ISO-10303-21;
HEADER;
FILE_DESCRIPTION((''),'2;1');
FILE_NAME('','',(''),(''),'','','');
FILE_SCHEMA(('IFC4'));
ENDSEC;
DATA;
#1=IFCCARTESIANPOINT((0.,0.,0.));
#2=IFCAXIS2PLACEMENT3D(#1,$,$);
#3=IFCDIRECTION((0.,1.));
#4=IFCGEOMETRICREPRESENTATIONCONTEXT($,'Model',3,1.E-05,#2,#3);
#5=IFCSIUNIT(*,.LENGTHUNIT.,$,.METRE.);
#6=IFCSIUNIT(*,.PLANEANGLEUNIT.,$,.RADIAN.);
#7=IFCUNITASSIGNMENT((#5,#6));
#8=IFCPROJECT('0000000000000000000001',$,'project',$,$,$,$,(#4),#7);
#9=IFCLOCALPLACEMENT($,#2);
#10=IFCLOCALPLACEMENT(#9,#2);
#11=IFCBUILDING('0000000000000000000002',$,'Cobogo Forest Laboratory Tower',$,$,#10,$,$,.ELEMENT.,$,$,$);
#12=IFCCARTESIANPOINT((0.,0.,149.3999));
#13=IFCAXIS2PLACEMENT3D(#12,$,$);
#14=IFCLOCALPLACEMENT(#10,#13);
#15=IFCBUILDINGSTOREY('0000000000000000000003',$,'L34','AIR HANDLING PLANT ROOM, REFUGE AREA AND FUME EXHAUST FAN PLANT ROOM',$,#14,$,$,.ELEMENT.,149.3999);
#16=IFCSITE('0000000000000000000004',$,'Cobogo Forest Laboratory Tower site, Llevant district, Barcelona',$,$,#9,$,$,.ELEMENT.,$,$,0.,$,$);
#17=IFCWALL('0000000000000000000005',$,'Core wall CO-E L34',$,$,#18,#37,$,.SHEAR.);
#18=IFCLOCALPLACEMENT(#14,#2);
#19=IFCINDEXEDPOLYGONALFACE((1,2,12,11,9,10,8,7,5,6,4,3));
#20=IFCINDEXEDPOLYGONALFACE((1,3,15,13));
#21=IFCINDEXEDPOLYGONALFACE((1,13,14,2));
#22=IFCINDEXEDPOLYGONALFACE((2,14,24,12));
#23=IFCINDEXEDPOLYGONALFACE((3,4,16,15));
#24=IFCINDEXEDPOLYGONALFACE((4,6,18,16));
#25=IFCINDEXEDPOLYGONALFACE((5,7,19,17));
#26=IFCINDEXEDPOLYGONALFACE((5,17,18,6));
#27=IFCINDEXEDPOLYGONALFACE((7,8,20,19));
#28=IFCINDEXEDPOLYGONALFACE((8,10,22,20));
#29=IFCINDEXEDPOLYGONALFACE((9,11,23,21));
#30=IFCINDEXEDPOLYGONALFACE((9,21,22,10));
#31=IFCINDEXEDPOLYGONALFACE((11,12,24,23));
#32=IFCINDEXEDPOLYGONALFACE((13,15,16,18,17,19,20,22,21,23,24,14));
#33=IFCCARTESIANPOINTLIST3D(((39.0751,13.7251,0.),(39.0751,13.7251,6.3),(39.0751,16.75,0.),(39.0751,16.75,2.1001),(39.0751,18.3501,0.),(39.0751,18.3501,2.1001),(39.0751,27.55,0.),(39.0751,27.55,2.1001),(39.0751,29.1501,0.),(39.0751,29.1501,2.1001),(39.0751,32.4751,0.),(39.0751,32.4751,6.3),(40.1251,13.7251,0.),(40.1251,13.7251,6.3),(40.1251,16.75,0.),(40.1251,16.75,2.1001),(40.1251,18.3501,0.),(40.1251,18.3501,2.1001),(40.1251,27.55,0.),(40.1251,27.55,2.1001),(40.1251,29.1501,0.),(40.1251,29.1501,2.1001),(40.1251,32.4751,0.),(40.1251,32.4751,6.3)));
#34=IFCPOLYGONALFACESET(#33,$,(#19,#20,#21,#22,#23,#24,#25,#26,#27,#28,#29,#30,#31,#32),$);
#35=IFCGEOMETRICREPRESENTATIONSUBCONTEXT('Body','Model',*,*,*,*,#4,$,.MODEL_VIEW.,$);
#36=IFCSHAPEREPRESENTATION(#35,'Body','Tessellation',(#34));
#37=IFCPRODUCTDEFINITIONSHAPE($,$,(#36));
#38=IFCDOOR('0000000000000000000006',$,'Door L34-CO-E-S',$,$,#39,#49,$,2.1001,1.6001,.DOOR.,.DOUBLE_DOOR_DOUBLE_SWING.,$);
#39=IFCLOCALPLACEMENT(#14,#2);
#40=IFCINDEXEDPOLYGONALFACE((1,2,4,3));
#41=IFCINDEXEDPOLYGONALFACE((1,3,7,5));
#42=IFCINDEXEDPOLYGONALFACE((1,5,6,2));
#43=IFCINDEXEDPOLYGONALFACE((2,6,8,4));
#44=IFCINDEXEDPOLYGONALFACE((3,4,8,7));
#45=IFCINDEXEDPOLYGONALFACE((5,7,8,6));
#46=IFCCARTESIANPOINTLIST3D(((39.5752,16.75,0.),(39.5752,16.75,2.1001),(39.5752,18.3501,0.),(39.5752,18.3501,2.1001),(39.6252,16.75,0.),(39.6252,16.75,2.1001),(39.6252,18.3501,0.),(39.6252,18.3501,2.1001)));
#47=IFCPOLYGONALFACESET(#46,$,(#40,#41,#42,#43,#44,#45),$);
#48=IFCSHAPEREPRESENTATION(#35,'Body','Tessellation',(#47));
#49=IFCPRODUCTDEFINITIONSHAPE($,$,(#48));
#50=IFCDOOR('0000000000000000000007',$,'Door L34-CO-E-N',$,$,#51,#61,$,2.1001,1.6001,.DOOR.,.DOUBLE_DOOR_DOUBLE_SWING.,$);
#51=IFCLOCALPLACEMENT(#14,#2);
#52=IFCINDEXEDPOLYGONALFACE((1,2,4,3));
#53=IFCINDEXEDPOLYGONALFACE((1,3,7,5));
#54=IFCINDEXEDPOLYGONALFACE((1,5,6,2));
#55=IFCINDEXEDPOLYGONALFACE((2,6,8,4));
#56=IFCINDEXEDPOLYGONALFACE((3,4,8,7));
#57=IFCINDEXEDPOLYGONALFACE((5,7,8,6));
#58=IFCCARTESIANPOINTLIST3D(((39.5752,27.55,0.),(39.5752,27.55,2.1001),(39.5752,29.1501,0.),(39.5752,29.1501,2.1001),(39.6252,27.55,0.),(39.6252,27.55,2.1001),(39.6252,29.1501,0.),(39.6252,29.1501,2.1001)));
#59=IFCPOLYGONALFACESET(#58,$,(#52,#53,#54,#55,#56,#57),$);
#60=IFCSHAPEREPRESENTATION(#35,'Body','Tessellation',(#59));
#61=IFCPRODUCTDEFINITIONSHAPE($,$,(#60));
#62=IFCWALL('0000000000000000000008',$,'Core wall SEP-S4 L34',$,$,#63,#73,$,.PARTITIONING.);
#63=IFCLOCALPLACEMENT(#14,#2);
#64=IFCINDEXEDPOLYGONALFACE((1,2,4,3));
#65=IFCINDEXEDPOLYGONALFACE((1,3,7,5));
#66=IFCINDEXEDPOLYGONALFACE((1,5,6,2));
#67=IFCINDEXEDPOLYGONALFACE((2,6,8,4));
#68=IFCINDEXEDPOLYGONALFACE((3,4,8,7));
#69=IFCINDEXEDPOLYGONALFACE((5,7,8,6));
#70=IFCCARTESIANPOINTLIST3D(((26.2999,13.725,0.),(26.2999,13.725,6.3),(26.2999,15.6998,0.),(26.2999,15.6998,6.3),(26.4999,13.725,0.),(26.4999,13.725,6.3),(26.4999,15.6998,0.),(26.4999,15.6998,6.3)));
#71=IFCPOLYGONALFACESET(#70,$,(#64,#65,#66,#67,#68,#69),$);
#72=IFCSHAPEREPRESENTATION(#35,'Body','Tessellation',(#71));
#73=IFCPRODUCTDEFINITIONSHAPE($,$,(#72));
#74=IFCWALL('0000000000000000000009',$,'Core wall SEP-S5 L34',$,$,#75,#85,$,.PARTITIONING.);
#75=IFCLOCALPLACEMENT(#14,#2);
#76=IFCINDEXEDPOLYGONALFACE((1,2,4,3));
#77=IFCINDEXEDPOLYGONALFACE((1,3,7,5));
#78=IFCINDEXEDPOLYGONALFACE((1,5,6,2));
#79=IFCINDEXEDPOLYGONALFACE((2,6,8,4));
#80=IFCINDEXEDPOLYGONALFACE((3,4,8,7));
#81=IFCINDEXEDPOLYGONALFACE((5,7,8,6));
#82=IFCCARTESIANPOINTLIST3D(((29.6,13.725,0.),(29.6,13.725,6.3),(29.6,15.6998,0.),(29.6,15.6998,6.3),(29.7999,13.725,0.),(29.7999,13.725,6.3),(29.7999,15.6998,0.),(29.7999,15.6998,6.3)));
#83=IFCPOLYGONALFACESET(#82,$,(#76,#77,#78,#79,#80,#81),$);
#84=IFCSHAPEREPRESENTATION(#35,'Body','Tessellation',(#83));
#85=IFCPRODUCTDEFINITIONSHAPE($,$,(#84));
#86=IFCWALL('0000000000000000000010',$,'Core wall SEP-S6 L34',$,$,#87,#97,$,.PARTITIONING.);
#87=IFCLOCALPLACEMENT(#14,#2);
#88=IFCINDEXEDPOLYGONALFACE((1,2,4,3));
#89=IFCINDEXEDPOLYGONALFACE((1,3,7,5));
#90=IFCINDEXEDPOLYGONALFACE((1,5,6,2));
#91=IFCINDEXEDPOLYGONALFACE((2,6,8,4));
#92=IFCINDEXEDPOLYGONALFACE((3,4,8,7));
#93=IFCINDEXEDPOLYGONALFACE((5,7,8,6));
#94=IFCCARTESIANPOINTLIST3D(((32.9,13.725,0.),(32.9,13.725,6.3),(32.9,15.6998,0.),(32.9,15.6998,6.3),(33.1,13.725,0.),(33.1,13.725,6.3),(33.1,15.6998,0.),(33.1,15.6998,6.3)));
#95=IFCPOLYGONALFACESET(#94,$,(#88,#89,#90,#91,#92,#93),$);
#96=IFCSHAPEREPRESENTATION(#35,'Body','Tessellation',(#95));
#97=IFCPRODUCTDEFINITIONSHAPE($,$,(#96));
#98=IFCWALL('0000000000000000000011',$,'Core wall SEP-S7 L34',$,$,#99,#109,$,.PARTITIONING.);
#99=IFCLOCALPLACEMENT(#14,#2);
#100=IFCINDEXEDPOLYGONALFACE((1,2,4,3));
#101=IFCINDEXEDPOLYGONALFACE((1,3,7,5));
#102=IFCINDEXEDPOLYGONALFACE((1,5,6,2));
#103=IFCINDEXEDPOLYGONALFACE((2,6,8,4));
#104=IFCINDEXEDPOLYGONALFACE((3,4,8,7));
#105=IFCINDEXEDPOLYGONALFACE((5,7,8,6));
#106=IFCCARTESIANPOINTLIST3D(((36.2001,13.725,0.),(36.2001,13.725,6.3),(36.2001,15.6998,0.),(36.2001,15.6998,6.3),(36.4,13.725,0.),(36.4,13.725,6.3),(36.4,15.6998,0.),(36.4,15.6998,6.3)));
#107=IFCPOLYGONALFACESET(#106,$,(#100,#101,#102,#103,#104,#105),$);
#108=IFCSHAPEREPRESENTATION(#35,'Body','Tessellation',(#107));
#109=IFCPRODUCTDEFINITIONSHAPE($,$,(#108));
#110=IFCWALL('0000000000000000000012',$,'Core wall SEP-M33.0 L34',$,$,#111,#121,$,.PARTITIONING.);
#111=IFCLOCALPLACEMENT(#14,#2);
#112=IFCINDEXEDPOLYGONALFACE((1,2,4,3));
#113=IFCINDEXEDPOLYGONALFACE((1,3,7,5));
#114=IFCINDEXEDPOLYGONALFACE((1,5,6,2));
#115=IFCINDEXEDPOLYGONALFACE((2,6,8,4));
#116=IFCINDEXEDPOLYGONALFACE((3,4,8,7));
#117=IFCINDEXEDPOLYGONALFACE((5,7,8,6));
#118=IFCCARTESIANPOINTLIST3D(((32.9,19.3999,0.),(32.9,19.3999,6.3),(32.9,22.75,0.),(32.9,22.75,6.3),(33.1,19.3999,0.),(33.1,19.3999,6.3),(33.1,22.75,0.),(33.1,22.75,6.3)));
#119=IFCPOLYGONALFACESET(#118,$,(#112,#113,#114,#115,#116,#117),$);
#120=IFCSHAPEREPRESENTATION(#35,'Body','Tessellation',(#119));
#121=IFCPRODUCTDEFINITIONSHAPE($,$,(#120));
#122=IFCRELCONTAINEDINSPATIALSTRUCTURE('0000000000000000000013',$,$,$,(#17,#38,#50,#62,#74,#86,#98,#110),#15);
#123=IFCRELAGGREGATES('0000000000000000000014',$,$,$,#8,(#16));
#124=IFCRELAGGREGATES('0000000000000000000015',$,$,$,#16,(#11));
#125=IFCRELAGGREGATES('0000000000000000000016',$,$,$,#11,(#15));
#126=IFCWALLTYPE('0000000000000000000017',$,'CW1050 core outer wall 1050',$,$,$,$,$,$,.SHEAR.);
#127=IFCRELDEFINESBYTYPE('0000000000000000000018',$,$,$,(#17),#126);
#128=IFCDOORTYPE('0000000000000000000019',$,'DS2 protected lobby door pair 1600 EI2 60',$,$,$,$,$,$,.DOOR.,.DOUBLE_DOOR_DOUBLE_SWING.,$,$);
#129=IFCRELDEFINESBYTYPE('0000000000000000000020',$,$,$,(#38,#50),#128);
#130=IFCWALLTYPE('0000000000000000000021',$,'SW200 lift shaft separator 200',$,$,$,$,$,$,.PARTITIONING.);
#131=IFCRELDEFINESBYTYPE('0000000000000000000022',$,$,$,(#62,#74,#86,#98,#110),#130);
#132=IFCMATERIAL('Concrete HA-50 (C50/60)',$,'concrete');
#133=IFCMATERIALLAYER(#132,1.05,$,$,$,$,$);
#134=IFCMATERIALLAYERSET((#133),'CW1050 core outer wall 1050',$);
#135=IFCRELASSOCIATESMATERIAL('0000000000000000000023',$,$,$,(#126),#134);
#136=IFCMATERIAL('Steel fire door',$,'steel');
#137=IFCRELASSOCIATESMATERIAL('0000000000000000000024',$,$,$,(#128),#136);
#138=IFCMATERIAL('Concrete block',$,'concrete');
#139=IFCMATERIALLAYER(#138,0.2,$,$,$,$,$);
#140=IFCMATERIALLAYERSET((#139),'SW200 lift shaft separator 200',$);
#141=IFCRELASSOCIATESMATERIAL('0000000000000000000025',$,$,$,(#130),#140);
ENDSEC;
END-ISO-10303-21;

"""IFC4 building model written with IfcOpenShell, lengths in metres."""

from ifc_helpers import new_model, si_unit, direction, frame, frame_2d, origin, place, context, subcontext, project, spatial, rectangle, extrude, material, layer, layer_set, type_object, element, fill, save


model = new_model("IFC4")

# Units and contexts
model_context = context("Model", 3, precision=1e-05, world=origin(), true_north=direction((0.0, 1.0)))
body_context = subcontext(model_context, "Body", "Model", "MODEL_VIEW")
ifc_project = project(units=[si_unit("LENGTHUNIT", "METRE"), si_unit("PLANEANGLEUNIT", "RADIAN")], contexts=[model_context])

# Site, building, storey
site_placement = place(None, origin())
site = spatial("IfcSite", under=ifc_project, at=site_placement, Name="Cobogo Forest Laboratory Tower site, Llevant district, Barcelona", CompositionType="ELEMENT", RefElevation=0.0)
building_placement = place(site_placement, origin())
building = spatial("IfcBuilding", under=site, at=building_placement, Name="Cobogo Forest Laboratory Tower", CompositionType="ELEMENT")
storey_placement = place(building_placement, frame((0.0, 0.0, 149.3999)))
storey = spatial("IfcBuildingStorey", under=building, at=storey_placement, Name="L34", Description="AIR HANDLING PLANT ROOM, REFUGE AREA AND FUME EXHAUST FAN PLANT ROOM", CompositionType="ELEMENT", Elevation=149.3999)

# Shared definitions
ifc_material_1 = material(Name="Concrete HA-50 (C50/60)", Category="concrete")

# Wall, openings, doors
ifc_layer_1 = layer(ifc_material_1, 1.05)
ifc_layer_set_1 = layer_set([ifc_layer_1], Name="CW1050 core outer wall 1050")
wall_type_1 = type_object("IfcWallType", Name="CW1050 core outer wall 1050", PredefinedType="SHEAR", material=ifc_layer_set_1)
wall_1_placement = place(storey_placement, frame((39.6001, 13.7251, 0.0), z_axis=(0.0, 0.0, 1.0), x_axis=(0.0, 1.0, 0.0)))
wall_1 = element("IfcWall", 1, at=wall_1_placement, inside=storey, type_object=wall_type_1, Name="Core wall CO-E L34", PredefinedType="SHEAR", context=body_context, shape_type="SweptSolid", body=[
    extrude(rectangle(XDim=18.75, YDim=1.05, at=frame_2d((9.375, 0.0))), origin(), (0.0, 0.0, 1.0), 6.3),
])
opening_1_placement = place(wall_1_placement, frame((3.0249, 0.0, 0.0)))
opening_1 = element("IfcOpeningElement", 2, at=opening_1_placement, cuts=wall_1, PredefinedType="OPENING", context=body_context, shape_type="SweptSolid", body=[
    extrude(rectangle(XDim=1.6001, YDim=2.1001, at=frame_2d((0.8, 1.05))), frame((0.0, 0.5349, 0.0), z_axis=(0.0, -1.0, 0.0), x_axis=(1.0, 0.0, 0.0)), (0.0, 0.0, 1.0), 1.0701),
])
opening_2_placement = place(wall_1_placement, frame((13.825, 0.0, 0.0)))
opening_2 = element("IfcOpeningElement", 3, at=opening_2_placement, cuts=wall_1, PredefinedType="OPENING", context=body_context, shape_type="SweptSolid", body=[
    extrude(rectangle(XDim=1.6001, YDim=2.1001, at=frame_2d((0.8, 1.05))), frame((0.0, 0.5349, 0.0), z_axis=(0.0, -1.0, 0.0), x_axis=(1.0, 0.0, 0.0)), (0.0, 0.0, 1.0), 1.0701),
])
ifc_material_2 = material(Name="Steel fire door", Category="steel")
door_type_1 = type_object("IfcDoorType", Name="DS2 protected lobby door pair 1600 EI2 60", OperationType="DOUBLE_DOOR_DOUBLE_SWING", PredefinedType="DOOR", material=ifc_material_2)
door_1_placement = place(opening_1_placement, origin())
door_1 = element("IfcDoor", 4, at=door_1_placement, inside=storey, type_object=door_type_1, Name="Door L34-CO-E-S", OperationType="DOUBLE_DOOR_DOUBLE_SWING", OverallHeight=2.1001, OverallWidth=1.6001, PredefinedType="DOOR", context=body_context, shape_type="SweptSolid", body=[
    extrude(rectangle(XDim=1.6001, YDim=2.1001, at=frame_2d((0.8, 1.05))), frame((0.0, 0.0249, 0.0), z_axis=(0.0, -1.0, 0.0), x_axis=(1.0, 0.0, 0.0)), (0.0, 0.0, 1.0), 0.05),
])
fill(opening_1, door_1)
door_2_placement = place(opening_2_placement, origin())
door_2 = element("IfcDoor", 5, at=door_2_placement, inside=storey, type_object=door_type_1, Name="Door L34-CO-E-N", OperationType="DOUBLE_DOOR_DOUBLE_SWING", OverallHeight=2.1001, OverallWidth=1.6001, PredefinedType="DOOR", context=body_context, shape_type="SweptSolid", body=[
    extrude(rectangle(XDim=1.6001, YDim=2.1001, at=frame_2d((0.8, 1.05))), frame((0.0, 0.0249, 0.0), z_axis=(0.0, -1.0, 0.0), x_axis=(1.0, 0.0, 0.0)), (0.0, 0.0, 1.0), 0.05),
])
fill(opening_2, door_2)

# Walls
ifc_material_3 = material(Name="Concrete block", Category="concrete")
ifc_layer_2 = layer(ifc_material_3, 0.2)
ifc_layer_set_2 = layer_set([ifc_layer_2], Name="SW200 lift shaft separator 200")
wall_type_2 = type_object("IfcWallType", Name="SW200 lift shaft separator 200", PredefinedType="PARTITIONING", material=ifc_layer_set_2)
for number, where, z_axis, x_axis, name in (
    (6, (26.3999, 13.7251, 0.0), (0.0, 0.0, 1.0), (0.0, 1.0, 0.0), "Core wall SEP-S4 L34"),
    (7, (29.7, 13.7251, 0.0), (0.0, 0.0, 1.0), (0.0, 1.0, 0.0), "Core wall SEP-S5 L34"),
    (8, (33.0, 13.7251, 0.0), (0.0, 0.0, 1.0), (0.0, 1.0, 0.0), "Core wall SEP-S6 L34"),
    (9, (36.3, 13.7251, 0.0), (0.0, 0.0, 1.0), (0.0, 1.0, 0.0), "Core wall SEP-S7 L34"),
):
    element("IfcWall", number, at=place(storey_placement, frame(where, z_axis=z_axis, x_axis=x_axis)), inside=storey, type_object=wall_type_2, Name=name, PredefinedType="PARTITIONING", context=body_context, shape_type="SweptSolid", body=[
        extrude(rectangle(XDim=1.9749, YDim=0.2, at=frame_2d((0.9873, 0.0))), origin(), (0.0, 0.0, 1.0), 6.3),
    ])
wall_2_placement = place(storey_placement, frame((33.0, 19.3999, 0.0), z_axis=(0.0, 0.0, 1.0), x_axis=(0.0, 1.0, 0.0)))
element("IfcWall", 10, at=wall_2_placement, inside=storey, type_object=wall_type_2, Name="Core wall SEP-M33.0 L34", PredefinedType="PARTITIONING", context=body_context, shape_type="SweptSolid", body=[
    extrude(rectangle(XDim=3.3501, YDim=0.2, at=frame_2d((1.675, 0.0))), origin(), (0.0, 0.0, 1.0), 6.3),
])

save(model, "model.ifc")
